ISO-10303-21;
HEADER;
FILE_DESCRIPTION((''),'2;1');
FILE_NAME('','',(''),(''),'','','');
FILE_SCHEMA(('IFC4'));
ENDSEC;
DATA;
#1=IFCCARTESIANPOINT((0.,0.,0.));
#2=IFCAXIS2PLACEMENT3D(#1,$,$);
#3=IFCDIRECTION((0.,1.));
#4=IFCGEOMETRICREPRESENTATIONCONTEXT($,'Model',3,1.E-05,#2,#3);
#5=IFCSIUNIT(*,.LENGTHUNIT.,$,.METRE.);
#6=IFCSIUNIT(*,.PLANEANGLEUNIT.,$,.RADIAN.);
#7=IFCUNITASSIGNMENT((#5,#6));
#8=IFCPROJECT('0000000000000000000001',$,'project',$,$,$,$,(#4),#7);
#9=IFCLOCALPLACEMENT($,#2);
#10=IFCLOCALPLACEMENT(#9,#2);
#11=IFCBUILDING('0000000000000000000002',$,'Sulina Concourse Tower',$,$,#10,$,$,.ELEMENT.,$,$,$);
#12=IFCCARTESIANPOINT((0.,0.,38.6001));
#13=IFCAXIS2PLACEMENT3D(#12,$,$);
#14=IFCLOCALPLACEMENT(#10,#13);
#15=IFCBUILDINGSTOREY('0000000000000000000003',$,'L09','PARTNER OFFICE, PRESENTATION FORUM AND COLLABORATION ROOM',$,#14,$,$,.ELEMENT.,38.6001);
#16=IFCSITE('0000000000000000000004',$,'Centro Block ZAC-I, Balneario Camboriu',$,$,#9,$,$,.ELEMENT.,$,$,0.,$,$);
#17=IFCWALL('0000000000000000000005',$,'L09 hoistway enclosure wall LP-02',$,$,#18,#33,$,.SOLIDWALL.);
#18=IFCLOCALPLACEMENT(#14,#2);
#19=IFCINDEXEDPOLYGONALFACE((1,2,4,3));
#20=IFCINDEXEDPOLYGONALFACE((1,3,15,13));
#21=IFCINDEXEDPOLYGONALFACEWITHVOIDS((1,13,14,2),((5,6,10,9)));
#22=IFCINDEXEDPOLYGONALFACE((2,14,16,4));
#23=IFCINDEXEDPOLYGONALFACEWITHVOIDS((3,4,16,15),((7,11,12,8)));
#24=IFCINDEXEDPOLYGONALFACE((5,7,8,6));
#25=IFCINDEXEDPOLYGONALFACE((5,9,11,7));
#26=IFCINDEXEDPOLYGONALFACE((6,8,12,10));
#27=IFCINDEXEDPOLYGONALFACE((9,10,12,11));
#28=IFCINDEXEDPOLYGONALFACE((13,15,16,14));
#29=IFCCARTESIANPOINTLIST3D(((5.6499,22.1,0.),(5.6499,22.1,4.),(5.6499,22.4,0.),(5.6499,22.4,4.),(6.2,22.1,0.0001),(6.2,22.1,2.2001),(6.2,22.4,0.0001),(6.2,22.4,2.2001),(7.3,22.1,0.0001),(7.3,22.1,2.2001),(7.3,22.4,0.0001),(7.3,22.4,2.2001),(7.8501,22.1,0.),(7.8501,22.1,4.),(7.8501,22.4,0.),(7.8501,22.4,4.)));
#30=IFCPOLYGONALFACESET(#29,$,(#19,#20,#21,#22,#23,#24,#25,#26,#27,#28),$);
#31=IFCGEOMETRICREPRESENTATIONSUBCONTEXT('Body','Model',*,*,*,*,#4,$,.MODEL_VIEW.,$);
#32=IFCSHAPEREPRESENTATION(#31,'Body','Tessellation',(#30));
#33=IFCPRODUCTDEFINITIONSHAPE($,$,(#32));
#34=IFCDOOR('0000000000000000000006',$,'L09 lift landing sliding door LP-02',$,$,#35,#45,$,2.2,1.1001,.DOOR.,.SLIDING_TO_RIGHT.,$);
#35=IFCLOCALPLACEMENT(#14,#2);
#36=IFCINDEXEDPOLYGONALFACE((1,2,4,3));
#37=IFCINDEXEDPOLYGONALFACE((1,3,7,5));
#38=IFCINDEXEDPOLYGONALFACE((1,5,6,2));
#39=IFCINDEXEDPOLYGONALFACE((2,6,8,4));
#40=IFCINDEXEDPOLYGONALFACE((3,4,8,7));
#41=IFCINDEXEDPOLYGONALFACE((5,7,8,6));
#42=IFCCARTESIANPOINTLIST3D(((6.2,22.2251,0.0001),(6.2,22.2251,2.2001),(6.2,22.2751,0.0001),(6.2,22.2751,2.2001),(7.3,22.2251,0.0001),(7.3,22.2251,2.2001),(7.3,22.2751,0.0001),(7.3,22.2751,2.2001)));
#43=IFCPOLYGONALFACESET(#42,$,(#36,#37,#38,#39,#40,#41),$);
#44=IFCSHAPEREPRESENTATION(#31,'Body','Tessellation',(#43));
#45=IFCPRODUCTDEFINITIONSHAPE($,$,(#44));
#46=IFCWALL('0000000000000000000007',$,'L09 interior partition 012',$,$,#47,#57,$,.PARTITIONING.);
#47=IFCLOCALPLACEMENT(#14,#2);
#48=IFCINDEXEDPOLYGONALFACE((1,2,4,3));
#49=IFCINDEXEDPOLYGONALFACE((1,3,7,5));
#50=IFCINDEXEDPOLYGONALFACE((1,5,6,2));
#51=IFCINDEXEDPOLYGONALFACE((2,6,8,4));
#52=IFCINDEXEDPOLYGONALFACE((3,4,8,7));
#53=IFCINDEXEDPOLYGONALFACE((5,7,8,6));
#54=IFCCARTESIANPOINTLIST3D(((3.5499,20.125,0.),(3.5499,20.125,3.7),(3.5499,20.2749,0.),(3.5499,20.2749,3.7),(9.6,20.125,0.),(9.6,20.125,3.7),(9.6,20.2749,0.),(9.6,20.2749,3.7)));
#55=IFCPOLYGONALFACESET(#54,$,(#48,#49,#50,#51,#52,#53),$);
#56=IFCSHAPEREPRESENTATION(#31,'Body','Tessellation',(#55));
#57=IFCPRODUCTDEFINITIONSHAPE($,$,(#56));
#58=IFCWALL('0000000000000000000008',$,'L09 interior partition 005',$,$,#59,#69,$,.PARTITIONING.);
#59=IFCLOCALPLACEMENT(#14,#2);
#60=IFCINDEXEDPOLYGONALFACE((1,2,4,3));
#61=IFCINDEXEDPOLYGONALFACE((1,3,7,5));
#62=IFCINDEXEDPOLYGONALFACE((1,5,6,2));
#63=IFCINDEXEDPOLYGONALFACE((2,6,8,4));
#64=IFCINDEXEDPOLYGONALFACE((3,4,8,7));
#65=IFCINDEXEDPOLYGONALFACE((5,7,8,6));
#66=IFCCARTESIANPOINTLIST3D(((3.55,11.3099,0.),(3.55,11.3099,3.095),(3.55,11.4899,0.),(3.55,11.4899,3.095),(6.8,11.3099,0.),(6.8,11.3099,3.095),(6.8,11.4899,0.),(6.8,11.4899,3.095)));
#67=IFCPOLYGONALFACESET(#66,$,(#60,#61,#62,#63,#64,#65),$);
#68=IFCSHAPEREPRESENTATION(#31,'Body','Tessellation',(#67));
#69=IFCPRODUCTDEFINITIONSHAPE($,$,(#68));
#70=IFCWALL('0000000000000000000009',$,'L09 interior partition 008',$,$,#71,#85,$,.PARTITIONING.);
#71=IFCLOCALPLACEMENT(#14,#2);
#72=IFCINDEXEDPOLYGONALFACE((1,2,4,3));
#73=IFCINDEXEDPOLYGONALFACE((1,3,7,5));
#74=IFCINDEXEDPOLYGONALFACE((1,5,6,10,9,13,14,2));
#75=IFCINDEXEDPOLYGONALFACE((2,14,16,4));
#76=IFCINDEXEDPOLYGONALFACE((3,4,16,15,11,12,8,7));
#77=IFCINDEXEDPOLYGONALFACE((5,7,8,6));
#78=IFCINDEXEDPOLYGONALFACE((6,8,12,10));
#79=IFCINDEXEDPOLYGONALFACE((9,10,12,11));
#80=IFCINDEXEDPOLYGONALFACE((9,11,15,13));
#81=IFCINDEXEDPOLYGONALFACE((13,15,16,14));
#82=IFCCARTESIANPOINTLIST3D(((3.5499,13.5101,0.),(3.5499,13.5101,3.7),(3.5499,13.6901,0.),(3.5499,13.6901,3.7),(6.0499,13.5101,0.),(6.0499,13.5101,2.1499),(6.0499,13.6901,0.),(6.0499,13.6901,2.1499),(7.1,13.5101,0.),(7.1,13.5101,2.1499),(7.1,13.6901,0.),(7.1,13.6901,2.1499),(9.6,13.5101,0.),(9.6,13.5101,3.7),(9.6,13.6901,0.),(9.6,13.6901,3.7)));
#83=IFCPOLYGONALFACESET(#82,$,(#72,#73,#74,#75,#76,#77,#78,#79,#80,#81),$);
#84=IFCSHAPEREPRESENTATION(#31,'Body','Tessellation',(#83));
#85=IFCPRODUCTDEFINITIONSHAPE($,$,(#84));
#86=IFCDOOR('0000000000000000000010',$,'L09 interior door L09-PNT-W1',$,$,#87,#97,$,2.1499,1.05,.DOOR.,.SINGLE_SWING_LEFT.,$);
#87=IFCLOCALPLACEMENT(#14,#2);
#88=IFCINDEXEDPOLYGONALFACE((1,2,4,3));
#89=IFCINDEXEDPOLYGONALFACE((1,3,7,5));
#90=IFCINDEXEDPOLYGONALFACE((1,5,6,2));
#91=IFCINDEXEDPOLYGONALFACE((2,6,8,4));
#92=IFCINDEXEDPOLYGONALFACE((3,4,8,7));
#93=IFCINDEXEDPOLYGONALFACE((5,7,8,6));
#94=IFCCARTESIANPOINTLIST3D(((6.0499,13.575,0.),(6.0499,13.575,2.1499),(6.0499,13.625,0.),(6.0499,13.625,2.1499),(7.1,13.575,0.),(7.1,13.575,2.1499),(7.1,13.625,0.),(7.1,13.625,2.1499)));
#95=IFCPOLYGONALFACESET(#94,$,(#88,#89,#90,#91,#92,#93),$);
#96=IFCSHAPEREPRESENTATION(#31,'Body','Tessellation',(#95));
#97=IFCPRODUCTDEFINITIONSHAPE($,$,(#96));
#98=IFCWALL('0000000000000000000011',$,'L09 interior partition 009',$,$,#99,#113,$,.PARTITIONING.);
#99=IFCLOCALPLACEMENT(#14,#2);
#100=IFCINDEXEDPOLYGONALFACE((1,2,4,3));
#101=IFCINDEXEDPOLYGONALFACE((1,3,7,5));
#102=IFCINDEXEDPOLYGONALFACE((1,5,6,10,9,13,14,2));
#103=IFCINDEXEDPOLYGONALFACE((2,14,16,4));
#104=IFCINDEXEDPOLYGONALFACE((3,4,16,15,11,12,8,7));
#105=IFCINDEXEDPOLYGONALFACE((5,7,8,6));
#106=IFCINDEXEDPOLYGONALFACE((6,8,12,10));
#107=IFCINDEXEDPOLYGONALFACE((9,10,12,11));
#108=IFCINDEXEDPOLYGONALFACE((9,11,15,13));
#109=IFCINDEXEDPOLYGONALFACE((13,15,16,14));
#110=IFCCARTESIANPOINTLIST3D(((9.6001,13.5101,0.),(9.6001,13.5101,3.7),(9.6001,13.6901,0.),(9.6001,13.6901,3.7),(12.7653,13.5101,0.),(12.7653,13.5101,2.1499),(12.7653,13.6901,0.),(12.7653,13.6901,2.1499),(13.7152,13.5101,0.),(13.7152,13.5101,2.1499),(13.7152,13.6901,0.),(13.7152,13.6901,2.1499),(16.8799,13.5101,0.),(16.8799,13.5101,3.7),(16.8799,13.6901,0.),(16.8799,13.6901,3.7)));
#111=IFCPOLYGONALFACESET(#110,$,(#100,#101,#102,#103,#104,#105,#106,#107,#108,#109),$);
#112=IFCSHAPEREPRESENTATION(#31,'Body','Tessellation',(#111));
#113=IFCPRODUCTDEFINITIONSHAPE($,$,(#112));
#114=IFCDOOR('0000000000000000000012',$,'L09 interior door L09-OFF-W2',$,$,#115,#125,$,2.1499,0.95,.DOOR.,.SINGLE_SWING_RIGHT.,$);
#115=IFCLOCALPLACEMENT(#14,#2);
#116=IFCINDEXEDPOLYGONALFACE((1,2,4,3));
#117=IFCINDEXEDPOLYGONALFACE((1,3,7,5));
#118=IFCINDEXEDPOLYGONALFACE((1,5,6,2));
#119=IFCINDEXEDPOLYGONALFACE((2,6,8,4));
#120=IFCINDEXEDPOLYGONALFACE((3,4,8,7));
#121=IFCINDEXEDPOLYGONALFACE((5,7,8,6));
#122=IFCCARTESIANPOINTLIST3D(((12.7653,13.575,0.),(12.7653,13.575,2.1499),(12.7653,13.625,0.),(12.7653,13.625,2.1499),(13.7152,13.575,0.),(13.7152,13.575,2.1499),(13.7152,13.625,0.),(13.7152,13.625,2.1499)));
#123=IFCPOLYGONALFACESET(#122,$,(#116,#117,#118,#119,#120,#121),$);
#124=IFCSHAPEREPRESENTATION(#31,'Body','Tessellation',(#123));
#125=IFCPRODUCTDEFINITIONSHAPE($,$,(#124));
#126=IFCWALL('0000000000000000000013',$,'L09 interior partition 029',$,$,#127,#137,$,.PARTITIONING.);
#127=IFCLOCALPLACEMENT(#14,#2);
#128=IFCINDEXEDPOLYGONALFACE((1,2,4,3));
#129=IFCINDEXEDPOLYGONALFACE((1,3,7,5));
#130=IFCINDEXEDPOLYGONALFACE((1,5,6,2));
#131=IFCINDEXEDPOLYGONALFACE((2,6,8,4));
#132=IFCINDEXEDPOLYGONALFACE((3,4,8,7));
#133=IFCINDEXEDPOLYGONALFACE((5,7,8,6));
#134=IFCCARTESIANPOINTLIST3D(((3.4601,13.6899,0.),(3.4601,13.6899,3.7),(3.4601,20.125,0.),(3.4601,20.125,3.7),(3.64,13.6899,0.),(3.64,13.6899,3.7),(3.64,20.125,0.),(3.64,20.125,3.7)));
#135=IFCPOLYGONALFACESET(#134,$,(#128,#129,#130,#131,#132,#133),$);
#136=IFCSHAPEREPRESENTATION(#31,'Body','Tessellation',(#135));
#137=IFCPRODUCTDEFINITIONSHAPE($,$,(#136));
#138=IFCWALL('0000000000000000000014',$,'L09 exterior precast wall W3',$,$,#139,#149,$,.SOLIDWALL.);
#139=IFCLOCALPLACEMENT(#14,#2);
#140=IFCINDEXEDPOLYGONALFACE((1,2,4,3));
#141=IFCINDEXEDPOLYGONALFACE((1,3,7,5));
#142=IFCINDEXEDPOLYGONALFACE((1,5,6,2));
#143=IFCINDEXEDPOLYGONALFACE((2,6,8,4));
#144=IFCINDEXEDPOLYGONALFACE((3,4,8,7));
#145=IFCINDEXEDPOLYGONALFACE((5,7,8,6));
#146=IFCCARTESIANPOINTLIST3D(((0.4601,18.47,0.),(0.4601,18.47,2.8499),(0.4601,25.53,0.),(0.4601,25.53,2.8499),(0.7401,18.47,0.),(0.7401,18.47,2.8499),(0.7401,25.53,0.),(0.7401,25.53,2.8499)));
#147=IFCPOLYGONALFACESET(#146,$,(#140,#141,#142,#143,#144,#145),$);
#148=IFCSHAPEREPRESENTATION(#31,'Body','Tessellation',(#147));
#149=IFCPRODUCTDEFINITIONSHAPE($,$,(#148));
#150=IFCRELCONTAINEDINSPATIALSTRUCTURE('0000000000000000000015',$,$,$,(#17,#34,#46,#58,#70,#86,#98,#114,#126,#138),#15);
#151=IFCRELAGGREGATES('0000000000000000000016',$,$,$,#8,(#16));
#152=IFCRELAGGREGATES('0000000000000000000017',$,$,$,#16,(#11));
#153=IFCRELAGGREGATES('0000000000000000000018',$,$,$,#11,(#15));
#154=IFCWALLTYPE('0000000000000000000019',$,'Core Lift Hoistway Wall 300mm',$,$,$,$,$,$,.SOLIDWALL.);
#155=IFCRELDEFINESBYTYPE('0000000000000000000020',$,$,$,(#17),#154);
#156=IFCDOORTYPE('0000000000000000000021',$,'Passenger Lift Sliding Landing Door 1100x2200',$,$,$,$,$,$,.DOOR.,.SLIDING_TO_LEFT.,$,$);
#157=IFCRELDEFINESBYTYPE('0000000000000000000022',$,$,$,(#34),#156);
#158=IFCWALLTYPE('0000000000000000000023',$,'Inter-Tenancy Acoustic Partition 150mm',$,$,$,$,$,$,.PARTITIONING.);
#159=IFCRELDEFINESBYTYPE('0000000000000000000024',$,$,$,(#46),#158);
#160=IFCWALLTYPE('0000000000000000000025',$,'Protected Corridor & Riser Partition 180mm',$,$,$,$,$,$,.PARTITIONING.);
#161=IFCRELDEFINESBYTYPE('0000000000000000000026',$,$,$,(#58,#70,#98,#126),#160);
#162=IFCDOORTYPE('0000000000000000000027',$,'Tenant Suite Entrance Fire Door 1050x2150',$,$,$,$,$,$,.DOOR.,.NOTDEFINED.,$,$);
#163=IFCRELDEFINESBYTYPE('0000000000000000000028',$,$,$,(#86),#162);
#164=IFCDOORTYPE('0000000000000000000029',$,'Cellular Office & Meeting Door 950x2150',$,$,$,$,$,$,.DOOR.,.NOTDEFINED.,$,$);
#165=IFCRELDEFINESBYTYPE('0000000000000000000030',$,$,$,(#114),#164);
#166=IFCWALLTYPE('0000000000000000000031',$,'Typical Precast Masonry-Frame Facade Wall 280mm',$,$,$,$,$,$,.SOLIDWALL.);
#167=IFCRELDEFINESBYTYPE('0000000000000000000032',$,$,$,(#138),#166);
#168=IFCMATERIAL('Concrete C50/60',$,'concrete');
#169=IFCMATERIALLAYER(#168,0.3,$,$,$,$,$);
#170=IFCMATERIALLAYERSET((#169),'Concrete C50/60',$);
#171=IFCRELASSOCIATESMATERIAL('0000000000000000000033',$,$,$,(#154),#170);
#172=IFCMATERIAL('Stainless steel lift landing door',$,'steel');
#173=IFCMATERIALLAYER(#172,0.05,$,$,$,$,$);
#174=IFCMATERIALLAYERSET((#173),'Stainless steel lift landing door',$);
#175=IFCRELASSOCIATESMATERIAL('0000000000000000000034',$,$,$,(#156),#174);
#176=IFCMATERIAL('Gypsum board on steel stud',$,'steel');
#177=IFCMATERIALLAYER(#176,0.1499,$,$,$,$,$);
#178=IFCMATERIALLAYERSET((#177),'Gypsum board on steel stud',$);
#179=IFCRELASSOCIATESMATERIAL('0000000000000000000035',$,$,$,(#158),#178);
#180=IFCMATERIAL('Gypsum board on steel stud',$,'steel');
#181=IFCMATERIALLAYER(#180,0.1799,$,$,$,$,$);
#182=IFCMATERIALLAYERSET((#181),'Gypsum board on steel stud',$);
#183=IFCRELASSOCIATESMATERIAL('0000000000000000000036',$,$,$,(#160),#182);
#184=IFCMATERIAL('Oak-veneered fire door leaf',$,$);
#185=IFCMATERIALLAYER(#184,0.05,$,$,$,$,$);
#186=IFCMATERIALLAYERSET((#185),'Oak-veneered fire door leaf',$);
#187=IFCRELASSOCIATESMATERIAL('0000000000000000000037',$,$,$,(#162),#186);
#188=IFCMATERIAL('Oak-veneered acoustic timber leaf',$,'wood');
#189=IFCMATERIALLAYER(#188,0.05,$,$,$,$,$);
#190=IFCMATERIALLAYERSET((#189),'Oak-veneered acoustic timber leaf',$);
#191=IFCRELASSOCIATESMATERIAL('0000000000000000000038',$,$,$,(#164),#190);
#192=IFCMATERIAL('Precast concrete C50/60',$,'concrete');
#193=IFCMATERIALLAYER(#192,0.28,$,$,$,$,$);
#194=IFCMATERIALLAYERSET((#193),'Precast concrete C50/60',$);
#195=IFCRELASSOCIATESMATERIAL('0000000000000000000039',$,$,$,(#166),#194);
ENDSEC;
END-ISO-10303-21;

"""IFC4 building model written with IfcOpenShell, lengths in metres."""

from ifc_helpers import new_model, si_unit, direction, frame, frame_2d, origin, place, context, subcontext, project, spatial, rectangle, extrude, material, layer, layer_set, type_object, element, fill, save


model = new_model("IFC4")

# Units and contexts
model_context = context("Model", 3, precision=1e-05, world=origin(), true_north=direction((0.0, 1.0)))
body_context = subcontext(model_context, "Body", "Model", "MODEL_VIEW")
ifc_project = project(units=[si_unit("LENGTHUNIT", "METRE"), si_unit("PLANEANGLEUNIT", "RADIAN")], contexts=[model_context])

# Site, building, storey
site_placement = place(None, origin())
site = spatial("IfcSite", under=ifc_project, at=site_placement, Name="Centro Block ZAC-I, Balneario Camboriu", CompositionType="ELEMENT", RefElevation=0.0)
building_placement = place(site_placement, origin())
building = spatial("IfcBuilding", under=site, at=building_placement, Name="Sulina Concourse Tower", CompositionType="ELEMENT")
storey_placement = place(building_placement, frame((0.0, 0.0, 38.6001)))
storey = spatial("IfcBuildingStorey", under=building, at=storey_placement, Name="L09", Description="PARTNER OFFICE, PRESENTATION FORUM AND COLLABORATION ROOM", CompositionType="ELEMENT", Elevation=38.6001)

# Wall, opening, door
ifc_material_1 = material(Name="Concrete C50/60", Category="concrete")
ifc_layer_1 = layer(ifc_material_1, 0.3)
ifc_layer_set_1 = layer_set([ifc_layer_1], Name="Concrete C50/60")
wall_type_1 = type_object("IfcWallType", Name="Core Lift Hoistway Wall 300mm", PredefinedType="SOLIDWALL", material=ifc_layer_set_1)
ifc_material_2 = material(Name="Stainless steel lift landing door", Category="steel")
ifc_layer_2 = layer(ifc_material_2, 0.05)
ifc_layer_set_2 = layer_set([ifc_layer_2], Name="Stainless steel lift landing door")
door_type_1 = type_object("IfcDoorType", Name="Passenger Lift Sliding Landing Door 1100x2200", OperationType="SLIDING_TO_LEFT", PredefinedType="DOOR", material=ifc_layer_set_2)
wall_1_placement = place(storey_placement, frame((7.8501, 22.25, 0.0), z_axis=(0.0, 0.0, 1.0), x_axis=(-1.0, 0.0, 0.0)))
wall_1 = element("IfcWall", 1, at=wall_1_placement, inside=storey, type_object=wall_type_1, Name="L09 hoistway enclosure wall LP-02", PredefinedType="SOLIDWALL", context=body_context, shape_type="SweptSolid", body=[
    extrude(rectangle(XDim=2.2002, YDim=0.3, at=frame_2d((1.1001, 0.0))), origin(), (0.0, 0.0, 1.0), 4.0),
])
opening_1_placement = place(wall_1_placement, frame((0.55, 0.0, 0.0)))
opening_1 = element("IfcOpeningElement", 2, at=opening_1_placement, cuts=wall_1, PredefinedType="OPENING", context=body_context, shape_type="SweptSolid", body=[
    extrude(rectangle(XDim=1.1001, YDim=2.2, at=frame_2d((0.55, 1.1001))), frame((0.0, 0.1599, 0.0), z_axis=(0.0, -1.0, 0.0), x_axis=(1.0, 0.0, 0.0)), (0.0, 0.0, 1.0), 0.3201),
])
door_1_placement = place(opening_1_placement, origin())
door_1 = element("IfcDoor", 3, at=door_1_placement, inside=storey, type_object=door_type_1, Name="L09 lift landing sliding door LP-02", OperationType="SLIDING_TO_RIGHT", OverallHeight=2.2, OverallWidth=1.1001, PredefinedType="DOOR", context=body_context, shape_type="SweptSolid", body=[
    extrude(rectangle(XDim=1.1001, YDim=2.2, at=frame_2d((0.55, 1.1001))), frame((0.0, 0.0249, 0.0), z_axis=(0.0, -1.0, 0.0), x_axis=(1.0, 0.0, 0.0)), (0.0, 0.0, 1.0), 0.05),
])
fill(opening_1, door_1)

# Wall
ifc_material_3 = material(Name="Gypsum board on steel stud", Category="steel")
ifc_layer_3 = layer(ifc_material_3, 0.1499)
ifc_layer_set_3 = layer_set([ifc_layer_3], Name="Gypsum board on steel stud")
wall_type_2 = type_object("IfcWallType", Name="Inter-Tenancy Acoustic Partition 150mm", PredefinedType="PARTITIONING", material=ifc_layer_set_3)
wall_2_placement = place(storey_placement, frame((3.55, 20.2, 0.0), z_axis=(0.0, 0.0, 1.0), x_axis=(1.0, 0.0, 0.0)))
element("IfcWall", 4, at=wall_2_placement, inside=storey, type_object=wall_type_2, Name="L09 interior partition 012", PredefinedType="PARTITIONING", context=body_context, shape_type="SweptSolid", body=[
    extrude(rectangle(XDim=6.05, YDim=0.1499, at=frame_2d((3.0249, 0.0))), origin(), (0.0, 0.0, 1.0), 3.7),
])

# Shared definitions
ifc_material_4 = material(Name="Gypsum board on steel stud", Category="steel")
ifc_layer_4 = layer(ifc_material_4, 0.1799)
ifc_layer_set_4 = layer_set([ifc_layer_4], Name="Gypsum board on steel stud")
wall_type_3 = type_object("IfcWallType", Name="Protected Corridor & Riser Partition 180mm", PredefinedType="PARTITIONING", material=ifc_layer_set_4)
ifc_material_5 = material(Name="Oak-veneered fire door leaf")
ifc_layer_5 = layer(ifc_material_5, 0.05)
ifc_layer_set_5 = layer_set([ifc_layer_5], Name="Oak-veneered fire door leaf")
door_type_2 = type_object("IfcDoorType", Name="Tenant Suite Entrance Fire Door 1050x2150", OperationType="NOTDEFINED", PredefinedType="DOOR", material=ifc_layer_set_5)

# Wall
wall_3_placement = place(storey_placement, frame((3.55, 11.3999, 0.0), z_axis=(0.0, 0.0, 1.0), x_axis=(1.0, 0.0, 0.0)))
element("IfcWall", 5, at=wall_3_placement, inside=storey, type_object=wall_type_3, Name="L09 interior partition 005", PredefinedType="PARTITIONING", context=body_context, shape_type="SweptSolid", body=[
    extrude(rectangle(XDim=3.25, YDim=0.1799, at=frame_2d((1.625, 0.0))), origin(), (0.0, 0.0, 1.0), 3.095),
])

# Walls, openings, doors
wall_4_placement = place(storey_placement, frame((3.55, 13.6001, 0.0), z_axis=(0.0, 0.0, 1.0), x_axis=(1.0, 0.0, 0.0)))
wall_4 = element("IfcWall", 6, at=wall_4_placement, inside=storey, type_object=wall_type_3, Name="L09 interior partition 008", PredefinedType="PARTITIONING", context=body_context, shape_type="SweptSolid", body=[
    extrude(rectangle(XDim=6.05, YDim=0.1799, at=frame_2d((3.0249, 0.0))), origin(), (0.0, 0.0, 1.0), 3.7),
])
opening_2_placement = place(wall_4_placement, frame((2.5, 0.0, 0.0)))
opening_2 = element("IfcOpeningElement", 7, at=opening_2_placement, cuts=wall_4, PredefinedType="OPENING", context=body_context, shape_type="SweptSolid", body=[
    extrude(rectangle(XDim=1.05, YDim=2.1499, at=frame_2d((0.5249, 1.075))), frame((0.0, 0.0999, 0.0), z_axis=(0.0, -1.0, 0.0), x_axis=(1.0, 0.0, 0.0)), (0.0, 0.0, 1.0), 0.2),
])
door_2_placement = place(opening_2_placement, origin())
door_2 = element("IfcDoor", 8, at=door_2_placement, inside=storey, type_object=door_type_2, Name="L09 interior door L09-PNT-W1", OperationType="SINGLE_SWING_LEFT", OverallHeight=2.1499, OverallWidth=1.05, PredefinedType="DOOR", context=body_context, shape_type="SweptSolid", body=[
    extrude(rectangle(XDim=1.05, YDim=2.1499, at=frame_2d((0.5249, 1.075))), frame((0.0, 0.0249, 0.0), z_axis=(0.0, -1.0, 0.0), x_axis=(1.0, 0.0, 0.0)), (0.0, 0.0, 1.0), 0.05),
])
fill(opening_2, door_2)
wall_5_placement = place(storey_placement, frame((9.6001, 13.6001, 0.0), z_axis=(0.0, 0.0, 1.0), x_axis=(1.0, 0.0, 0.0)))
wall_5 = element("IfcWall", 9, at=wall_5_placement, inside=storey, type_object=wall_type_3, Name="L09 interior partition 009", PredefinedType="PARTITIONING", context=body_context, shape_type="SweptSolid", body=[
    extrude(rectangle(XDim=7.2798, YDim=0.1799, at=frame_2d((3.6399, 0.0))), origin(), (0.0, 0.0, 1.0), 3.7),
])
opening_3_placement = place(wall_5_placement, frame((3.165, 0.0, 0.0)))
opening_3 = element("IfcOpeningElement", 10, at=opening_3_placement, cuts=wall_5, PredefinedType="OPENING", context=body_context, shape_type="SweptSolid", body=[
    extrude(rectangle(XDim=0.95, YDim=2.1499, at=frame_2d((0.4751, 1.075))), frame((0.0, 0.0999, 0.0), z_axis=(0.0, -1.0, 0.0), x_axis=(1.0, 0.0, 0.0)), (0.0, 0.0, 1.0), 0.2),
])
ifc_material_6 = material(Name="Oak-veneered acoustic timber leaf", Category="wood")
ifc_layer_6 = layer(ifc_material_6, 0.05)
ifc_layer_set_6 = layer_set([ifc_layer_6], Name="Oak-veneered acoustic timber leaf")
door_type_3 = type_object("IfcDoorType", Name="Cellular Office & Meeting Door 950x2150", OperationType="NOTDEFINED", PredefinedType="DOOR", material=ifc_layer_set_6)
door_3_placement = place(opening_3_placement, origin())
door_3 = element("IfcDoor", 11, at=door_3_placement, inside=storey, type_object=door_type_3, Name="L09 interior door L09-OFF-W2", OperationType="SINGLE_SWING_RIGHT", OverallHeight=2.1499, OverallWidth=0.95, PredefinedType="DOOR", context=body_context, shape_type="SweptSolid", body=[
    extrude(rectangle(XDim=0.95, YDim=2.1499, at=frame_2d((0.4751, 1.075))), frame((0.0, 0.0249, 0.0), z_axis=(0.0, -1.0, 0.0), x_axis=(1.0, 0.0, 0.0)), (0.0, 0.0, 1.0), 0.05),
])
fill(opening_3, door_3)

# Walls
wall_6_placement = place(storey_placement, frame((3.55, 13.6899, 0.0), z_axis=(0.0, 0.0, 1.0), x_axis=(0.0, 1.0, 0.0)))
element("IfcWall", 12, at=wall_6_placement, inside=storey, type_object=wall_type_3, Name="L09 interior partition 029", PredefinedType="PARTITIONING", context=body_context, shape_type="SweptSolid", body=[
    extrude(rectangle(XDim=6.4351, YDim=0.1799, at=frame_2d((3.2175, 0.0))), origin(), (0.0, 0.0, 1.0), 3.7),
])
ifc_material_7 = material(Name="Precast concrete C50/60", Category="concrete")
ifc_layer_7 = layer(ifc_material_7, 0.28)
ifc_layer_set_7 = layer_set([ifc_layer_7], Name="Precast concrete C50/60")
wall_type_4 = type_object("IfcWallType", Name="Typical Precast Masonry-Frame Facade Wall 280mm", PredefinedType="SOLIDWALL", material=ifc_layer_set_7)
wall_7_placement = place(storey_placement, frame((0.6001, 18.47, 0.0), z_axis=(0.0, 0.0, 1.0), x_axis=(0.0, 1.0, 0.0)))
element("IfcWall", 13, at=wall_7_placement, inside=storey, type_object=wall_type_4, Name="L09 exterior precast wall W3", PredefinedType="SOLIDWALL", context=body_context, shape_type="SweptSolid", body=[
    extrude(rectangle(XDim=7.0601, YDim=0.28, at=frame_2d((3.53, 0.0))), origin(), (0.0, 0.0, 1.0), 2.8499),
])

save(model, "model.ifc")
